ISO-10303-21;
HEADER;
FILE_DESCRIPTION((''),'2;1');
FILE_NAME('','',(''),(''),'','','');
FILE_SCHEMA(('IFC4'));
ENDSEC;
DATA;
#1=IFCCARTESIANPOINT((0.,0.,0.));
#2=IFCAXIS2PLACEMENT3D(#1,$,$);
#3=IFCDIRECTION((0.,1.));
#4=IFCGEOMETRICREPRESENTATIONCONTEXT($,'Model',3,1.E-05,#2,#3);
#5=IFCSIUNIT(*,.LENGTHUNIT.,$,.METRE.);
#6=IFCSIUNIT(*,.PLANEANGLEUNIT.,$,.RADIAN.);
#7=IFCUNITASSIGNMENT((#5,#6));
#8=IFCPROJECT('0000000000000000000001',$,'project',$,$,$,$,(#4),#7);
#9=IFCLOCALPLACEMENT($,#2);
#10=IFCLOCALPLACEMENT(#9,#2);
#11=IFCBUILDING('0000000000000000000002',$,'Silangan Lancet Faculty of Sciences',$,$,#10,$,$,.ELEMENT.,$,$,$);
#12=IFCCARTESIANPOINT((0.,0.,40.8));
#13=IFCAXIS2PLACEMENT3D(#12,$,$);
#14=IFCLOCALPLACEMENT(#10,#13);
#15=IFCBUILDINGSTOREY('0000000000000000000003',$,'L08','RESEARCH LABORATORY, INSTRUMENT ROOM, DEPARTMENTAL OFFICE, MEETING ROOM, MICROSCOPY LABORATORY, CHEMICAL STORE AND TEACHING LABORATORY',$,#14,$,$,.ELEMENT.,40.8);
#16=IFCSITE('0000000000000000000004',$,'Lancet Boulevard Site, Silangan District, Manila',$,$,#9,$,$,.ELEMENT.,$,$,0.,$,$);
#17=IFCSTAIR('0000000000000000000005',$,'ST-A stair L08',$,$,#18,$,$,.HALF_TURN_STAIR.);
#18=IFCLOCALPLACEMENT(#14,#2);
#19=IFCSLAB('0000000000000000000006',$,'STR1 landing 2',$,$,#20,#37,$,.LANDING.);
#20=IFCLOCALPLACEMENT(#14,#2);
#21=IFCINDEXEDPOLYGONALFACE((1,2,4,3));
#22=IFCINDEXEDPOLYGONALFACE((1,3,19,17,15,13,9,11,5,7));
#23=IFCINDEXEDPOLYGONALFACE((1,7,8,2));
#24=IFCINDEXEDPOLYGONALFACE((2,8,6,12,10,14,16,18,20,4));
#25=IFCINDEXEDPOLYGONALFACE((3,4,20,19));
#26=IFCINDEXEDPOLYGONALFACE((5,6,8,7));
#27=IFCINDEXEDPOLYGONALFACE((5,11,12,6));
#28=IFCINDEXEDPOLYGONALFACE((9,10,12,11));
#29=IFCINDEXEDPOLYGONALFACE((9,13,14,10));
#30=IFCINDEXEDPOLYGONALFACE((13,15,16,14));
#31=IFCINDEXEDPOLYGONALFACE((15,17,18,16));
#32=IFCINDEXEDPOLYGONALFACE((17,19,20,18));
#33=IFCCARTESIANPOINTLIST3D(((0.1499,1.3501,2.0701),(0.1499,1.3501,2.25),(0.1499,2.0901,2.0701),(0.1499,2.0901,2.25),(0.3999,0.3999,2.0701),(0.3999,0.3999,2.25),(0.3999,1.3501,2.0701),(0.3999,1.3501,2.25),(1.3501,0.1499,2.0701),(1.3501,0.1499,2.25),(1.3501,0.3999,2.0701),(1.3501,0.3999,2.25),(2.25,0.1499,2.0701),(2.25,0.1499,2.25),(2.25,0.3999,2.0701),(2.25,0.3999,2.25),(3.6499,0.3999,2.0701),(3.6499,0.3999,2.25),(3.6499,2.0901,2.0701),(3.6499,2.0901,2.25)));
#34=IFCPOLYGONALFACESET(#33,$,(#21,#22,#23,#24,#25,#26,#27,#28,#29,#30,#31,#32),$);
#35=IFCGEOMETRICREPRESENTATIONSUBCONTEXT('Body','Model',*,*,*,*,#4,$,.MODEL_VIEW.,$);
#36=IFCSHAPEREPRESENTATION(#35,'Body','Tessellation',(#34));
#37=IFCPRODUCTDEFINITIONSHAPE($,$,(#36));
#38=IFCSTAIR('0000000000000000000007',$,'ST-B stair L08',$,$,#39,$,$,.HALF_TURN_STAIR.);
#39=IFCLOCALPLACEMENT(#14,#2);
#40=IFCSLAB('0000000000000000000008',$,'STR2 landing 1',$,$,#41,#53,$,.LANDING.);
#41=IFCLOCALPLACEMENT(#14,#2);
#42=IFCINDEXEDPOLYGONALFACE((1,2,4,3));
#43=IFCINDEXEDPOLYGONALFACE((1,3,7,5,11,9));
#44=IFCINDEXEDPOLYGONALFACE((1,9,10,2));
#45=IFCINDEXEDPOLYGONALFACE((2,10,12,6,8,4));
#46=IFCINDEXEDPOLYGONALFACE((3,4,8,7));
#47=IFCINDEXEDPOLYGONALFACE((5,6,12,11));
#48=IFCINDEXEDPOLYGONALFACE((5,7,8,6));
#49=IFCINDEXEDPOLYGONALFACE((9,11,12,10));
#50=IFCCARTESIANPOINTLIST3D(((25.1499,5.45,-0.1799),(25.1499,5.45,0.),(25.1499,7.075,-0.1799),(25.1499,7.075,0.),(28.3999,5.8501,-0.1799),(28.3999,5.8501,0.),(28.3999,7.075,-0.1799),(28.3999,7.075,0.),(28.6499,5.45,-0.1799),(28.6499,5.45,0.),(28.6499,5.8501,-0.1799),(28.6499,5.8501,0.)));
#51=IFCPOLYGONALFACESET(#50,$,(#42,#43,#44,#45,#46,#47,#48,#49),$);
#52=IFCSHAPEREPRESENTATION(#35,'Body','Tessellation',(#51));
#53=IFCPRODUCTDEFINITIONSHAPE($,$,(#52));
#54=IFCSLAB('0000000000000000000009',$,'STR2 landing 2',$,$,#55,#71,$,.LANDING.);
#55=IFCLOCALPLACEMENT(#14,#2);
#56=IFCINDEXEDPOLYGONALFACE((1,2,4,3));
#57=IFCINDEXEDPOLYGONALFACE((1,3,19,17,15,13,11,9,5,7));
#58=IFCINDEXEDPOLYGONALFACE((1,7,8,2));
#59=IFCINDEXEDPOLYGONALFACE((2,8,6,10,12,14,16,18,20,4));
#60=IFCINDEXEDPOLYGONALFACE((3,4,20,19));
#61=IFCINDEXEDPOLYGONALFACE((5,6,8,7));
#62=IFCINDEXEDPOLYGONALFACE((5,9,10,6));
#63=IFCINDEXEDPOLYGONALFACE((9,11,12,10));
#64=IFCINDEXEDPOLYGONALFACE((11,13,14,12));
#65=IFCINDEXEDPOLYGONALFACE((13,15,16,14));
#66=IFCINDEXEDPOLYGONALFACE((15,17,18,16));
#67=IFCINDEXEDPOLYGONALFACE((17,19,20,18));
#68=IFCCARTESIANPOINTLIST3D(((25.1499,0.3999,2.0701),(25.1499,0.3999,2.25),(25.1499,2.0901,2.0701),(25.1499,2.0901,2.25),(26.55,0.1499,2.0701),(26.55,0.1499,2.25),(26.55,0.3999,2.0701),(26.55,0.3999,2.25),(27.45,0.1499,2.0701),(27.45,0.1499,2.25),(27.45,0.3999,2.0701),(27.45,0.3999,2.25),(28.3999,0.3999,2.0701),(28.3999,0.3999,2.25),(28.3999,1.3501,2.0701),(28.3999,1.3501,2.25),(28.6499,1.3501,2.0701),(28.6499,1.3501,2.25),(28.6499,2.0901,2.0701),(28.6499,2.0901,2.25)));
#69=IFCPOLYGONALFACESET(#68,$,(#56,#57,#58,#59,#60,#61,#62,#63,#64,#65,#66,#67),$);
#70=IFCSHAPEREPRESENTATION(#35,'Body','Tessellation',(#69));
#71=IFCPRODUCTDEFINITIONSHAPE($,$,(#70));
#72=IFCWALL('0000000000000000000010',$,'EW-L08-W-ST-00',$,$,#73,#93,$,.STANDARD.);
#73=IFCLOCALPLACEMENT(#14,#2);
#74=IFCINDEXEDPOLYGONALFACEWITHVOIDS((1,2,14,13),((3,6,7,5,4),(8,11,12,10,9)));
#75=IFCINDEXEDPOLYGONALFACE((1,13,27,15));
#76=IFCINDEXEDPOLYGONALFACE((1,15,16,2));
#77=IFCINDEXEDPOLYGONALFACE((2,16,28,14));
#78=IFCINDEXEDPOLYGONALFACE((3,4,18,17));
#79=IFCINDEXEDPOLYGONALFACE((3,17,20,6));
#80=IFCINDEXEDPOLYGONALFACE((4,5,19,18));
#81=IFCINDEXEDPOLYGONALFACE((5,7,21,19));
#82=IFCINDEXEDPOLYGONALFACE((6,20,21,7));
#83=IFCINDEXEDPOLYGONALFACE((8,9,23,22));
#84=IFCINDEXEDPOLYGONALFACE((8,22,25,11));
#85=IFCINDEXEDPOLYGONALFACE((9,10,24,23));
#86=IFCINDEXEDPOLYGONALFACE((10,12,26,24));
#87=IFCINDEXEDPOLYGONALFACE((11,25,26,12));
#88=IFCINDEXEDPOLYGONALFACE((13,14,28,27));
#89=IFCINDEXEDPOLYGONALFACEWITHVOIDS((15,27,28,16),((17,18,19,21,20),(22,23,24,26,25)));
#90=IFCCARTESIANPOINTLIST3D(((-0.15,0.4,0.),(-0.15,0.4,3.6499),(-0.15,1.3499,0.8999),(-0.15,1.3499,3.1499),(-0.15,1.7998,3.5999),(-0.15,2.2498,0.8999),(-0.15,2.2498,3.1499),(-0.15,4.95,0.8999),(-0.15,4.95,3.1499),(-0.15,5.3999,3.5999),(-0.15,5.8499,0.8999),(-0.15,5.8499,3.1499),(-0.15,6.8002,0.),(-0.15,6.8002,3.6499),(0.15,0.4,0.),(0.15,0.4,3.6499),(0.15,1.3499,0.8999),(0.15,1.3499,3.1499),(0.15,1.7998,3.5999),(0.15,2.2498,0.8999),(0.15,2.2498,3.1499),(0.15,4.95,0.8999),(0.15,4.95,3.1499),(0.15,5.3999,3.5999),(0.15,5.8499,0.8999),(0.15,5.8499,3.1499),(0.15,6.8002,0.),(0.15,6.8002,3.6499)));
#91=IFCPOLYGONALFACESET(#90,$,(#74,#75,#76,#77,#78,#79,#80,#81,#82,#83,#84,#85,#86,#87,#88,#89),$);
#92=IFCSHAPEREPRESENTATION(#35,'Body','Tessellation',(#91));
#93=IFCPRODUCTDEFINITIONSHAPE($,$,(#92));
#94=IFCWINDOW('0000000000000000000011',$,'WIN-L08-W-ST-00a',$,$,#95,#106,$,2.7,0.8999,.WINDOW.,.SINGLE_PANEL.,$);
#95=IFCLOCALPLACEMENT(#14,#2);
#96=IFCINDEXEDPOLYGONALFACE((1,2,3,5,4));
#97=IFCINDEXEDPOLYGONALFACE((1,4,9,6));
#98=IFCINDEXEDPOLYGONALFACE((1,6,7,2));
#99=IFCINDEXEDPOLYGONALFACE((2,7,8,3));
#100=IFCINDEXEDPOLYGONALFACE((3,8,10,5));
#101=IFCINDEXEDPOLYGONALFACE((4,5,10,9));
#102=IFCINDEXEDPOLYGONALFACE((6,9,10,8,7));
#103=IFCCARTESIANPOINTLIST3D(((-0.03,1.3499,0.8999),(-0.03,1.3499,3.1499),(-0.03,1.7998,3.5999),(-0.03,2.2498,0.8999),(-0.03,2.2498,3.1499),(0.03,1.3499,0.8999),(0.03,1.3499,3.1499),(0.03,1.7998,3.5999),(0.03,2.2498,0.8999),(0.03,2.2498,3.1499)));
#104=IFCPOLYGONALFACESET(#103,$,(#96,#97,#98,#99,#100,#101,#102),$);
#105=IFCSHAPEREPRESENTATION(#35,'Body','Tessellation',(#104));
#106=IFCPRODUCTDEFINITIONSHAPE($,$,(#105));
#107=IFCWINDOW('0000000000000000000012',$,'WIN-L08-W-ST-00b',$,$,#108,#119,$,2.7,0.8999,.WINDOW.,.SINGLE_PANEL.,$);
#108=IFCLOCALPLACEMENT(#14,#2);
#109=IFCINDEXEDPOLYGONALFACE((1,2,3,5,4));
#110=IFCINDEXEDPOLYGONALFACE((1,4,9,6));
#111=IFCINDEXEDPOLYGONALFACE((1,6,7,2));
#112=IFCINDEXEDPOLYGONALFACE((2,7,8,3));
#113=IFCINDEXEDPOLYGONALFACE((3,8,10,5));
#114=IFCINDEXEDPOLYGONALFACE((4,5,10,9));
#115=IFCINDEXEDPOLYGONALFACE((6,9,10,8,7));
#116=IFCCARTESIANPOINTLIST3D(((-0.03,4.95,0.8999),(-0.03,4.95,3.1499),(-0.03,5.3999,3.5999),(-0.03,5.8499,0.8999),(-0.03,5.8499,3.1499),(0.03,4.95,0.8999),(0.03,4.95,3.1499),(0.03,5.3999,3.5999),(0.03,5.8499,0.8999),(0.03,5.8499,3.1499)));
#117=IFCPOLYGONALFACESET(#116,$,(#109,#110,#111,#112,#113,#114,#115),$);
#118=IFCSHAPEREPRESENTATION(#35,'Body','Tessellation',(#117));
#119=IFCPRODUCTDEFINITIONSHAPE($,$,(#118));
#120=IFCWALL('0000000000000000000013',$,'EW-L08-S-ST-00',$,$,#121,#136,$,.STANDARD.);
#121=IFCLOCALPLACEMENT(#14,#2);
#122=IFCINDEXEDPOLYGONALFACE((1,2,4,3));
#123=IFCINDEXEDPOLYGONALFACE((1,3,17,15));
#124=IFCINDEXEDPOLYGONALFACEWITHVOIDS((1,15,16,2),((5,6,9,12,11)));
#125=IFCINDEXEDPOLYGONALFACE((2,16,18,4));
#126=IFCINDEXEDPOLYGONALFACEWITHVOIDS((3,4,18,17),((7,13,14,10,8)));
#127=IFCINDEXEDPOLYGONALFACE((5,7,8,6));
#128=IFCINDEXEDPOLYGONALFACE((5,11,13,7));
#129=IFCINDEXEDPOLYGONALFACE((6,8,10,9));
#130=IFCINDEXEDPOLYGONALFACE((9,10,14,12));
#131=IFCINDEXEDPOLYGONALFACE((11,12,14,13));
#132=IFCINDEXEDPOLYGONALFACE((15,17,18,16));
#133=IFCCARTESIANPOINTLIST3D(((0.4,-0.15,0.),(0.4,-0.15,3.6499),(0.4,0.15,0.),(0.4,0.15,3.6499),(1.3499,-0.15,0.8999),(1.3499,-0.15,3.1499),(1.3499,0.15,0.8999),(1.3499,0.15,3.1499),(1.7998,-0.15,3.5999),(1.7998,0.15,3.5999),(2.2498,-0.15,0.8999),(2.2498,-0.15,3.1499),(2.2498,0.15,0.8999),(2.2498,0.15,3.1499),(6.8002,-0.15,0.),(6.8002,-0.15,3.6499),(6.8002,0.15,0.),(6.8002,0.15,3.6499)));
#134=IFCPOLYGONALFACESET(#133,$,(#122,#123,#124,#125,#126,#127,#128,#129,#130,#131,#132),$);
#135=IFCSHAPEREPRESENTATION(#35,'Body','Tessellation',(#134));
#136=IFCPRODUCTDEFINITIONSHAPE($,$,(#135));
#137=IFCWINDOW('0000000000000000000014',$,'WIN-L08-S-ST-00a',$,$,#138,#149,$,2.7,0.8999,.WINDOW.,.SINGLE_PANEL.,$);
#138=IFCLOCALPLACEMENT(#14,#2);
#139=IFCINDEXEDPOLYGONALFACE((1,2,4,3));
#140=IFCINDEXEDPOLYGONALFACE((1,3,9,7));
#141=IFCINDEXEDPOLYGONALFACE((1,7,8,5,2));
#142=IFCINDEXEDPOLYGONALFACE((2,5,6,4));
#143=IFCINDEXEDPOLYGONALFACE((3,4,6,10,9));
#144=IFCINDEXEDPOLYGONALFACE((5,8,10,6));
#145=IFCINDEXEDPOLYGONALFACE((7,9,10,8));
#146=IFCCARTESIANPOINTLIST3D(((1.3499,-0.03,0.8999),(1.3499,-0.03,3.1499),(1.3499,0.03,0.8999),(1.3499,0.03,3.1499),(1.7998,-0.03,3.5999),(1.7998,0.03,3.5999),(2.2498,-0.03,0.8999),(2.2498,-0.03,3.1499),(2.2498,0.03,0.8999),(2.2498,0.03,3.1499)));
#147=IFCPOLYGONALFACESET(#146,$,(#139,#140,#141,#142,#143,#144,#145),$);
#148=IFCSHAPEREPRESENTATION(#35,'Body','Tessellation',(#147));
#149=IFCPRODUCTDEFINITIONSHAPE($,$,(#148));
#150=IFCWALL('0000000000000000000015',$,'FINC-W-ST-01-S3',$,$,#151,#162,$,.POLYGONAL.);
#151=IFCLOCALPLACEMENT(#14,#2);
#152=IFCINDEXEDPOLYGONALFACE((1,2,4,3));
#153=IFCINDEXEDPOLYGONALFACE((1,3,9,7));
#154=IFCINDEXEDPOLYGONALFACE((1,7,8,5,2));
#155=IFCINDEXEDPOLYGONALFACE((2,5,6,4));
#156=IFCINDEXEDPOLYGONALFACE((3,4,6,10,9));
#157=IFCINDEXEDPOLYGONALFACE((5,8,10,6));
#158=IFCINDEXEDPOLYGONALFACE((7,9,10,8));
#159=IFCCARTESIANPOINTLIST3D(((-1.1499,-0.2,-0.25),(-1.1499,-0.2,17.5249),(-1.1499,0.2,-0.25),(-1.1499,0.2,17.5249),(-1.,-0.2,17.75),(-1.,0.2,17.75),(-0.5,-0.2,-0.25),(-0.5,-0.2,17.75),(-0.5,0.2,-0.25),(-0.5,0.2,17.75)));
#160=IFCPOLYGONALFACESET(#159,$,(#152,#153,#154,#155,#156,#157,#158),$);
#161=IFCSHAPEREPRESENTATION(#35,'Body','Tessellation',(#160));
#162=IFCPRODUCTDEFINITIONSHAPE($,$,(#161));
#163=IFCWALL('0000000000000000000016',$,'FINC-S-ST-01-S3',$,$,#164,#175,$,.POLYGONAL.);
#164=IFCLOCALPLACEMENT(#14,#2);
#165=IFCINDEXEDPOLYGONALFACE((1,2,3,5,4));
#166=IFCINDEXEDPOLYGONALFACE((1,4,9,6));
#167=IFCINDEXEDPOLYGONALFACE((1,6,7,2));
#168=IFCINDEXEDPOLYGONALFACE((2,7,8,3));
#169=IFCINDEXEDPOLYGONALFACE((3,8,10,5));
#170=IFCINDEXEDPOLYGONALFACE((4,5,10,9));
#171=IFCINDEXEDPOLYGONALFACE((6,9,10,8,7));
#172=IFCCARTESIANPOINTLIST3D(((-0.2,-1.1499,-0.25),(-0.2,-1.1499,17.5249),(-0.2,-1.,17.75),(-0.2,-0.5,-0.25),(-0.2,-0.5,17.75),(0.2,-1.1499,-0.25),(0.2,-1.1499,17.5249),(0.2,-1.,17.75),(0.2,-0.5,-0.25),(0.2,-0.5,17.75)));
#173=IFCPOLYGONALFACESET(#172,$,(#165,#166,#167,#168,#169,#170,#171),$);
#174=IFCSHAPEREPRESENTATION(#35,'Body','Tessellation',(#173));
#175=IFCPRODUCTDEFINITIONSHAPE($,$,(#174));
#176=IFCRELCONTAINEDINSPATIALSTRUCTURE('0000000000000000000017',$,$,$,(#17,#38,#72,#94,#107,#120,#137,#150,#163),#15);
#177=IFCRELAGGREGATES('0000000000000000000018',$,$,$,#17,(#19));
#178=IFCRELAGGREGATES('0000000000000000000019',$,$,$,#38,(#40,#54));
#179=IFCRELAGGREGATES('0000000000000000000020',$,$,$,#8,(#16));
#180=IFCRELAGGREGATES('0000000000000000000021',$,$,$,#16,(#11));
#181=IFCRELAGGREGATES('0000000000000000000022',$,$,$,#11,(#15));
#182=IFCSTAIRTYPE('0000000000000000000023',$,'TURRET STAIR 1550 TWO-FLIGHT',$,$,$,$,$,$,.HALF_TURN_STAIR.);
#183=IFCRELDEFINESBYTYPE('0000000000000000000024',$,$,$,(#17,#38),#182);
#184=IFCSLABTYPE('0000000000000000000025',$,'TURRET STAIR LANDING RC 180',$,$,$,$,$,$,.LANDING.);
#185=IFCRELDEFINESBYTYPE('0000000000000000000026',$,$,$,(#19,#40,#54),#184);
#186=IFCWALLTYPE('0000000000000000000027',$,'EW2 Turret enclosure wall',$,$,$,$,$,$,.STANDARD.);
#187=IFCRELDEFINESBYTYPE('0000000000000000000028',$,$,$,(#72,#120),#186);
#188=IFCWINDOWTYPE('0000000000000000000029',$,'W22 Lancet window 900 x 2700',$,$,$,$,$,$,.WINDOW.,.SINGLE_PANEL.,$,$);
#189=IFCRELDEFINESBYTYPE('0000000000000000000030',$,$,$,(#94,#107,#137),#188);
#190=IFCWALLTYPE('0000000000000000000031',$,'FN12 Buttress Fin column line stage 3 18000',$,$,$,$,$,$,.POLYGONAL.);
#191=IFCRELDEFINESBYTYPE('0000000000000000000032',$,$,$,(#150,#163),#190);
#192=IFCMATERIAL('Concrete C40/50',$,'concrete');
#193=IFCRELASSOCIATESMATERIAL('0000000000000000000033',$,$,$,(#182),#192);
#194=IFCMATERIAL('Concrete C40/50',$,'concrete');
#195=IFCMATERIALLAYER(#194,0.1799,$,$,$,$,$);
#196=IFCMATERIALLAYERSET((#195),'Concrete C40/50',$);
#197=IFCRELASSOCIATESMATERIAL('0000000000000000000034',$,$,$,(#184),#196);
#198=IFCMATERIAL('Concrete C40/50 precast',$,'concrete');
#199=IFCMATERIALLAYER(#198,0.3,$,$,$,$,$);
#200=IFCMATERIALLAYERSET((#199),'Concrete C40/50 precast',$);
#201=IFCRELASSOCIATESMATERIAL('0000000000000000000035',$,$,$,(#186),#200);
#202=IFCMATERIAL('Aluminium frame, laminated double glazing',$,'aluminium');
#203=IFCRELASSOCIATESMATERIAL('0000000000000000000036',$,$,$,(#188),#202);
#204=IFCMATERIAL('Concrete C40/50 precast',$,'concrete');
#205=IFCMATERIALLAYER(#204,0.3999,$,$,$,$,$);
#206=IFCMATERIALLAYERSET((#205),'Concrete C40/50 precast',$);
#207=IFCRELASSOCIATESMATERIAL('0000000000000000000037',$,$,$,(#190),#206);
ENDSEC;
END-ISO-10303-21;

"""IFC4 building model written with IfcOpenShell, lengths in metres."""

from ifc_helpers import new_model, si_unit, direction, frame, frame_2d, origin, place, context, subcontext, project, spatial, polyline, rectangle, outline, extrude, material, layer, layer_set, type_object, element, fill, aggregate, save


model = new_model("IFC4")

# Units and contexts
model_context = context("Model", 3, precision=1e-05, world=origin(), true_north=direction((0.0, 1.0)))
body_context = subcontext(model_context, "Body", "Model", "MODEL_VIEW")
ifc_project = project(units=[si_unit("LENGTHUNIT", "METRE"), si_unit("PLANEANGLEUNIT", "RADIAN")], contexts=[model_context])

# Site, building, storey
site_placement = place(None, origin())
site = spatial("IfcSite", under=ifc_project, at=site_placement, Name="Lancet Boulevard Site, Silangan District, Manila", CompositionType="ELEMENT", RefElevation=0.0)
building_placement = place(site_placement, origin())
building = spatial("IfcBuilding", under=site, at=building_placement, Name="Silangan Lancet Faculty of Sciences", CompositionType="ELEMENT")
storey_placement = place(building_placement, frame((0.0, 0.0, 40.8)))
storey = spatial("IfcBuildingStorey", under=building, at=storey_placement, Name="L08", Description="RESEARCH LABORATORY, INSTRUMENT ROOM, DEPARTMENTAL OFFICE, MEETING ROOM, MICROSCOPY LABORATORY, CHEMICAL STORE AND TEACHING LABORATORY", CompositionType="ELEMENT", Elevation=40.8)

# Stairs, slabs
ifc_material_1 = material(Name="Concrete C40/50", Category="concrete")
stair_type = type_object("IfcStairType", Name="TURRET STAIR 1550 TWO-FLIGHT", PredefinedType="HALF_TURN_STAIR", material=ifc_material_1)
ifc_material_2 = material(Name="Concrete C40/50", Category="concrete")
ifc_layer_1 = layer(ifc_material_2, 0.1799)
ifc_layer_set_1 = layer_set([ifc_layer_1], Name="Concrete C40/50")
slab_type_1 = type_object("IfcSlabType", Name="TURRET STAIR LANDING RC 180", PredefinedType="LANDING", material=ifc_layer_set_1)
stair_1_placement = place(storey_placement, origin())
stair_1 = element("IfcStair", 1, at=stair_1_placement, inside=storey, type_object=stair_type, Name="ST-A stair L08", PredefinedType="HALF_TURN_STAIR")
slab_1_placement = place(storey_placement, frame((0.0, 0.0, 2.0701)))
slab_1 = element("IfcSlab", 2, at=slab_1_placement, type_object=slab_type_1, Name="STR1 landing 2", PredefinedType="LANDING", context=body_context, shape_type="SweptSolid", body=[
    extrude(outline(polyline([(0.1499, 2.0901), (3.6499, 2.0901), (3.6499, 0.3999), (2.25, 0.3999), (2.25, 0.1499), (1.3501, 0.1499), (1.3501, 0.3999), (0.3999, 0.3999), (0.3999, 1.3501), (0.1499, 1.3501), (0.1499, 2.0901)])), origin(), (0.0, 0.0, 1.0), 0.1799),
])
aggregate(stair_1, [slab_1])
stair_2_placement = place(storey_placement, origin())
stair_2 = element("IfcStair", 3, at=stair_2_placement, inside=storey, type_object=stair_type, Name="ST-B stair L08", PredefinedType="HALF_TURN_STAIR")
slab_2_placement = place(storey_placement, frame((0.0, 0.0, -0.1799)))
slab_2 = element("IfcSlab", 4, at=slab_2_placement, type_object=slab_type_1, Name="STR2 landing 1", PredefinedType="LANDING", context=body_context, shape_type="SweptSolid", body=[
    extrude(outline(polyline([(28.3999, 5.8501), (28.6499, 5.8501), (28.6499, 5.45), (25.1499, 5.45), (25.1499, 7.075), (28.3999, 7.075), (28.3999, 5.8501)])), origin(), (0.0, 0.0, 1.0), 0.1799),
])
slab_3_placement = place(storey_placement, frame((0.0, 0.0, 2.0701)))
slab_3 = element("IfcSlab", 5, at=slab_3_placement, type_object=slab_type_1, Name="STR2 landing 2", PredefinedType="LANDING", context=body_context, shape_type="SweptSolid", body=[
    extrude(outline(polyline([(26.55, 0.1499), (26.55, 0.3999), (25.1499, 0.3999), (25.1499, 2.0901), (28.6499, 2.0901), (28.6499, 1.3501), (28.3999, 1.3501), (28.3999, 0.3999), (27.45, 0.3999), (27.45, 0.1499), (26.55, 0.1499)])), origin(), (0.0, 0.0, 1.0), 0.1799),
])
aggregate(stair_2, [slab_2, slab_3])

# Wall, openings, windows
ifc_material_3 = material(Name="Concrete C40/50 precast", Category="concrete")
ifc_layer_2 = layer(ifc_material_3, 0.3)
ifc_layer_set_2 = layer_set([ifc_layer_2], Name="Concrete C40/50 precast")
wall_type_1 = type_object("IfcWallType", Name="EW2 Turret enclosure wall", PredefinedType="STANDARD", material=ifc_layer_set_2)
wall_1_placement = place(storey_placement, frame((0.0, 0.3999, 0.0), z_axis=(0.0, 0.0, 1.0), x_axis=(0.0, 1.0, 0.0)))
wall_1 = element("IfcWall", 6, at=wall_1_placement, inside=storey, type_object=wall_type_1, Name="EW-L08-W-ST-00", PredefinedType="STANDARD", context=body_context, shape_type="SweptSolid", body=[
    extrude(rectangle(XDim=6.4001, YDim=0.3, at=frame_2d((3.2002, 0.0))), origin(), (0.0, 0.0, 1.0), 3.6499),
])
opening_1_placement = place(wall_1_placement, frame((0.95, 0.0, 0.8999)))
opening_1 = element("IfcOpeningElement", 7, at=opening_1_placement, cuts=wall_1, PredefinedType="OPENING", context=body_context, shape_type="SweptSolid", body=[
    extrude(outline(polyline([(0.0, 0.0), (0.8999, 0.0), (0.8999, 2.25), (0.45, 2.7), (0.0, 2.25), (0.0, 0.0)])), frame((0.0, 0.1599, 0.0), z_axis=(0.0, -1.0, 0.0), x_axis=(1.0, 0.0, 0.0)), (0.0, 0.0, 1.0), 0.3201),
])
opening_2_placement = place(wall_1_placement, frame((4.55, 0.0, 0.8999)))
opening_2 = element("IfcOpeningElement", 8, at=opening_2_placement, cuts=wall_1, PredefinedType="OPENING", context=body_context, shape_type="SweptSolid", body=[
    extrude(outline(polyline([(0.0, 0.0), (0.8999, 0.0), (0.8999, 2.25), (0.45, 2.7), (0.0, 2.25), (0.0, 0.0)])), frame((0.0, 0.1599, 0.0), z_axis=(0.0, -1.0, 0.0), x_axis=(1.0, 0.0, 0.0)), (0.0, 0.0, 1.0), 0.3201),
])
ifc_material_4 = material(Name="Aluminium frame, laminated double glazing", Category="aluminium")
window_type = type_object("IfcWindowType", Name="W22 Lancet window 900 x 2700", PartitioningType="SINGLE_PANEL", PredefinedType="WINDOW", material=ifc_material_4)
window_1_placement = place(opening_1_placement, origin())
window_1 = element("IfcWindow", 9, at=window_1_placement, inside=storey, type_object=window_type, Name="WIN-L08-W-ST-00a", OverallHeight=2.7, OverallWidth=0.8999, PartitioningType="SINGLE_PANEL", PredefinedType="WINDOW", context=body_context, shape_type="SweptSolid", body=[
    extrude(outline(polyline([(0.0, 0.0), (0.8999, 0.0), (0.8999, 2.25), (0.45, 2.7), (0.0, 2.25), (0.0, 0.0)])), frame((0.0, 0.03, 0.0), z_axis=(0.0, -1.0, 0.0), x_axis=(1.0, 0.0, 0.0)), (0.0, 0.0, 1.0), 0.0601),
])
fill(opening_1, window_1)
window_2_placement = place(opening_2_placement, origin())
window_2 = element("IfcWindow", 10, at=window_2_placement, inside=storey, type_object=window_type, Name="WIN-L08-W-ST-00b", OverallHeight=2.7, OverallWidth=0.8999, PartitioningType="SINGLE_PANEL", PredefinedType="WINDOW", context=body_context, shape_type="SweptSolid", body=[
    extrude(outline(polyline([(0.0, 0.0), (0.8999, 0.0), (0.8999, 2.25), (0.45, 2.7), (0.0, 2.25), (0.0, 0.0)])), frame((0.0, 0.03, 0.0), z_axis=(0.0, -1.0, 0.0), x_axis=(1.0, 0.0, 0.0)), (0.0, 0.0, 1.0), 0.0601),
])
fill(opening_2, window_2)

# Wall, opening, window
wall_2_placement = place(storey_placement, frame((0.3999, 0.0, 0.0), z_axis=(0.0, 0.0, 1.0), x_axis=(1.0, 0.0, 0.0)))
wall_2 = element("IfcWall", 11, at=wall_2_placement, inside=storey, type_object=wall_type_1, Name="EW-L08-S-ST-00", PredefinedType="STANDARD", context=body_context, shape_type="SweptSolid", body=[
    extrude(rectangle(XDim=6.4001, YDim=0.3, at=frame_2d((3.2002, 0.0))), origin(), (0.0, 0.0, 1.0), 3.6499),
])
opening_3_placement = place(wall_2_placement, frame((0.95, 0.0, 0.8999)))
opening_3 = element("IfcOpeningElement", 12, at=opening_3_placement, cuts=wall_2, PredefinedType="OPENING", context=body_context, shape_type="SweptSolid", body=[
    extrude(outline(polyline([(0.0, 0.0), (0.8999, 0.0), (0.8999, 2.25), (0.45, 2.7), (0.0, 2.25), (0.0, 0.0)])), frame((0.0, 0.1599, 0.0), z_axis=(0.0, -1.0, 0.0), x_axis=(1.0, 0.0, 0.0)), (0.0, 0.0, 1.0), 0.3201),
])
window_3_placement = place(opening_3_placement, origin())
window_3 = element("IfcWindow", 13, at=window_3_placement, inside=storey, type_object=window_type, Name="WIN-L08-S-ST-00a", OverallHeight=2.7, OverallWidth=0.8999, PartitioningType="SINGLE_PANEL", PredefinedType="WINDOW", context=body_context, shape_type="SweptSolid", body=[
    extrude(outline(polyline([(0.0, 0.0), (0.8999, 0.0), (0.8999, 2.25), (0.45, 2.7), (0.0, 2.25), (0.0, 0.0)])), frame((0.0, 0.03, 0.0), z_axis=(0.0, -1.0, 0.0), x_axis=(1.0, 0.0, 0.0)), (0.0, 0.0, 1.0), 0.0601),
])
fill(opening_3, window_3)

# Walls
ifc_material_5 = material(Name="Concrete C40/50 precast", Category="concrete")
ifc_layer_3 = layer(ifc_material_5, 0.3999)
ifc_layer_set_3 = layer_set([ifc_layer_3], Name="Concrete C40/50 precast")
wall_type_2 = type_object("IfcWallType", Name="FN12 Buttress Fin column line stage 3 18000", PredefinedType="POLYGONAL", material=ifc_layer_set_3)
for number, where, z_axis, x_axis, name in (
    (14, (-0.5, 0.0, -0.25), (0.0, 0.0, 1.0), (-1.0, 0.0, 0.0), "FINC-W-ST-01-S3"),
    (15, (0.0, -0.5, -0.25), (0.0, 0.0, 1.0), (0.0, -1.0, 0.0), "FINC-S-ST-01-S3"),
):
    element("IfcWall", number, at=place(storey_placement, frame(where, z_axis=z_axis, x_axis=x_axis)), inside=storey, type_object=wall_type_2, Name=name, PredefinedType="POLYGONAL", context=body_context, shape_type="SweptSolid", body=[
        extrude(outline(polyline([(0.6499, 0.0), (0.6499, 17.7749), (0.5, 18.0), (0.0, 18.0), (0.0, 0.0), (0.6499, 0.0)])), frame((0.0, 0.2, 0.0), z_axis=(0.0, -1.0, 0.0), x_axis=(1.0, 0.0, 0.0)), (0.0, 0.0, 1.0), 0.3999),
    ])

save(model, "model.ifc")
